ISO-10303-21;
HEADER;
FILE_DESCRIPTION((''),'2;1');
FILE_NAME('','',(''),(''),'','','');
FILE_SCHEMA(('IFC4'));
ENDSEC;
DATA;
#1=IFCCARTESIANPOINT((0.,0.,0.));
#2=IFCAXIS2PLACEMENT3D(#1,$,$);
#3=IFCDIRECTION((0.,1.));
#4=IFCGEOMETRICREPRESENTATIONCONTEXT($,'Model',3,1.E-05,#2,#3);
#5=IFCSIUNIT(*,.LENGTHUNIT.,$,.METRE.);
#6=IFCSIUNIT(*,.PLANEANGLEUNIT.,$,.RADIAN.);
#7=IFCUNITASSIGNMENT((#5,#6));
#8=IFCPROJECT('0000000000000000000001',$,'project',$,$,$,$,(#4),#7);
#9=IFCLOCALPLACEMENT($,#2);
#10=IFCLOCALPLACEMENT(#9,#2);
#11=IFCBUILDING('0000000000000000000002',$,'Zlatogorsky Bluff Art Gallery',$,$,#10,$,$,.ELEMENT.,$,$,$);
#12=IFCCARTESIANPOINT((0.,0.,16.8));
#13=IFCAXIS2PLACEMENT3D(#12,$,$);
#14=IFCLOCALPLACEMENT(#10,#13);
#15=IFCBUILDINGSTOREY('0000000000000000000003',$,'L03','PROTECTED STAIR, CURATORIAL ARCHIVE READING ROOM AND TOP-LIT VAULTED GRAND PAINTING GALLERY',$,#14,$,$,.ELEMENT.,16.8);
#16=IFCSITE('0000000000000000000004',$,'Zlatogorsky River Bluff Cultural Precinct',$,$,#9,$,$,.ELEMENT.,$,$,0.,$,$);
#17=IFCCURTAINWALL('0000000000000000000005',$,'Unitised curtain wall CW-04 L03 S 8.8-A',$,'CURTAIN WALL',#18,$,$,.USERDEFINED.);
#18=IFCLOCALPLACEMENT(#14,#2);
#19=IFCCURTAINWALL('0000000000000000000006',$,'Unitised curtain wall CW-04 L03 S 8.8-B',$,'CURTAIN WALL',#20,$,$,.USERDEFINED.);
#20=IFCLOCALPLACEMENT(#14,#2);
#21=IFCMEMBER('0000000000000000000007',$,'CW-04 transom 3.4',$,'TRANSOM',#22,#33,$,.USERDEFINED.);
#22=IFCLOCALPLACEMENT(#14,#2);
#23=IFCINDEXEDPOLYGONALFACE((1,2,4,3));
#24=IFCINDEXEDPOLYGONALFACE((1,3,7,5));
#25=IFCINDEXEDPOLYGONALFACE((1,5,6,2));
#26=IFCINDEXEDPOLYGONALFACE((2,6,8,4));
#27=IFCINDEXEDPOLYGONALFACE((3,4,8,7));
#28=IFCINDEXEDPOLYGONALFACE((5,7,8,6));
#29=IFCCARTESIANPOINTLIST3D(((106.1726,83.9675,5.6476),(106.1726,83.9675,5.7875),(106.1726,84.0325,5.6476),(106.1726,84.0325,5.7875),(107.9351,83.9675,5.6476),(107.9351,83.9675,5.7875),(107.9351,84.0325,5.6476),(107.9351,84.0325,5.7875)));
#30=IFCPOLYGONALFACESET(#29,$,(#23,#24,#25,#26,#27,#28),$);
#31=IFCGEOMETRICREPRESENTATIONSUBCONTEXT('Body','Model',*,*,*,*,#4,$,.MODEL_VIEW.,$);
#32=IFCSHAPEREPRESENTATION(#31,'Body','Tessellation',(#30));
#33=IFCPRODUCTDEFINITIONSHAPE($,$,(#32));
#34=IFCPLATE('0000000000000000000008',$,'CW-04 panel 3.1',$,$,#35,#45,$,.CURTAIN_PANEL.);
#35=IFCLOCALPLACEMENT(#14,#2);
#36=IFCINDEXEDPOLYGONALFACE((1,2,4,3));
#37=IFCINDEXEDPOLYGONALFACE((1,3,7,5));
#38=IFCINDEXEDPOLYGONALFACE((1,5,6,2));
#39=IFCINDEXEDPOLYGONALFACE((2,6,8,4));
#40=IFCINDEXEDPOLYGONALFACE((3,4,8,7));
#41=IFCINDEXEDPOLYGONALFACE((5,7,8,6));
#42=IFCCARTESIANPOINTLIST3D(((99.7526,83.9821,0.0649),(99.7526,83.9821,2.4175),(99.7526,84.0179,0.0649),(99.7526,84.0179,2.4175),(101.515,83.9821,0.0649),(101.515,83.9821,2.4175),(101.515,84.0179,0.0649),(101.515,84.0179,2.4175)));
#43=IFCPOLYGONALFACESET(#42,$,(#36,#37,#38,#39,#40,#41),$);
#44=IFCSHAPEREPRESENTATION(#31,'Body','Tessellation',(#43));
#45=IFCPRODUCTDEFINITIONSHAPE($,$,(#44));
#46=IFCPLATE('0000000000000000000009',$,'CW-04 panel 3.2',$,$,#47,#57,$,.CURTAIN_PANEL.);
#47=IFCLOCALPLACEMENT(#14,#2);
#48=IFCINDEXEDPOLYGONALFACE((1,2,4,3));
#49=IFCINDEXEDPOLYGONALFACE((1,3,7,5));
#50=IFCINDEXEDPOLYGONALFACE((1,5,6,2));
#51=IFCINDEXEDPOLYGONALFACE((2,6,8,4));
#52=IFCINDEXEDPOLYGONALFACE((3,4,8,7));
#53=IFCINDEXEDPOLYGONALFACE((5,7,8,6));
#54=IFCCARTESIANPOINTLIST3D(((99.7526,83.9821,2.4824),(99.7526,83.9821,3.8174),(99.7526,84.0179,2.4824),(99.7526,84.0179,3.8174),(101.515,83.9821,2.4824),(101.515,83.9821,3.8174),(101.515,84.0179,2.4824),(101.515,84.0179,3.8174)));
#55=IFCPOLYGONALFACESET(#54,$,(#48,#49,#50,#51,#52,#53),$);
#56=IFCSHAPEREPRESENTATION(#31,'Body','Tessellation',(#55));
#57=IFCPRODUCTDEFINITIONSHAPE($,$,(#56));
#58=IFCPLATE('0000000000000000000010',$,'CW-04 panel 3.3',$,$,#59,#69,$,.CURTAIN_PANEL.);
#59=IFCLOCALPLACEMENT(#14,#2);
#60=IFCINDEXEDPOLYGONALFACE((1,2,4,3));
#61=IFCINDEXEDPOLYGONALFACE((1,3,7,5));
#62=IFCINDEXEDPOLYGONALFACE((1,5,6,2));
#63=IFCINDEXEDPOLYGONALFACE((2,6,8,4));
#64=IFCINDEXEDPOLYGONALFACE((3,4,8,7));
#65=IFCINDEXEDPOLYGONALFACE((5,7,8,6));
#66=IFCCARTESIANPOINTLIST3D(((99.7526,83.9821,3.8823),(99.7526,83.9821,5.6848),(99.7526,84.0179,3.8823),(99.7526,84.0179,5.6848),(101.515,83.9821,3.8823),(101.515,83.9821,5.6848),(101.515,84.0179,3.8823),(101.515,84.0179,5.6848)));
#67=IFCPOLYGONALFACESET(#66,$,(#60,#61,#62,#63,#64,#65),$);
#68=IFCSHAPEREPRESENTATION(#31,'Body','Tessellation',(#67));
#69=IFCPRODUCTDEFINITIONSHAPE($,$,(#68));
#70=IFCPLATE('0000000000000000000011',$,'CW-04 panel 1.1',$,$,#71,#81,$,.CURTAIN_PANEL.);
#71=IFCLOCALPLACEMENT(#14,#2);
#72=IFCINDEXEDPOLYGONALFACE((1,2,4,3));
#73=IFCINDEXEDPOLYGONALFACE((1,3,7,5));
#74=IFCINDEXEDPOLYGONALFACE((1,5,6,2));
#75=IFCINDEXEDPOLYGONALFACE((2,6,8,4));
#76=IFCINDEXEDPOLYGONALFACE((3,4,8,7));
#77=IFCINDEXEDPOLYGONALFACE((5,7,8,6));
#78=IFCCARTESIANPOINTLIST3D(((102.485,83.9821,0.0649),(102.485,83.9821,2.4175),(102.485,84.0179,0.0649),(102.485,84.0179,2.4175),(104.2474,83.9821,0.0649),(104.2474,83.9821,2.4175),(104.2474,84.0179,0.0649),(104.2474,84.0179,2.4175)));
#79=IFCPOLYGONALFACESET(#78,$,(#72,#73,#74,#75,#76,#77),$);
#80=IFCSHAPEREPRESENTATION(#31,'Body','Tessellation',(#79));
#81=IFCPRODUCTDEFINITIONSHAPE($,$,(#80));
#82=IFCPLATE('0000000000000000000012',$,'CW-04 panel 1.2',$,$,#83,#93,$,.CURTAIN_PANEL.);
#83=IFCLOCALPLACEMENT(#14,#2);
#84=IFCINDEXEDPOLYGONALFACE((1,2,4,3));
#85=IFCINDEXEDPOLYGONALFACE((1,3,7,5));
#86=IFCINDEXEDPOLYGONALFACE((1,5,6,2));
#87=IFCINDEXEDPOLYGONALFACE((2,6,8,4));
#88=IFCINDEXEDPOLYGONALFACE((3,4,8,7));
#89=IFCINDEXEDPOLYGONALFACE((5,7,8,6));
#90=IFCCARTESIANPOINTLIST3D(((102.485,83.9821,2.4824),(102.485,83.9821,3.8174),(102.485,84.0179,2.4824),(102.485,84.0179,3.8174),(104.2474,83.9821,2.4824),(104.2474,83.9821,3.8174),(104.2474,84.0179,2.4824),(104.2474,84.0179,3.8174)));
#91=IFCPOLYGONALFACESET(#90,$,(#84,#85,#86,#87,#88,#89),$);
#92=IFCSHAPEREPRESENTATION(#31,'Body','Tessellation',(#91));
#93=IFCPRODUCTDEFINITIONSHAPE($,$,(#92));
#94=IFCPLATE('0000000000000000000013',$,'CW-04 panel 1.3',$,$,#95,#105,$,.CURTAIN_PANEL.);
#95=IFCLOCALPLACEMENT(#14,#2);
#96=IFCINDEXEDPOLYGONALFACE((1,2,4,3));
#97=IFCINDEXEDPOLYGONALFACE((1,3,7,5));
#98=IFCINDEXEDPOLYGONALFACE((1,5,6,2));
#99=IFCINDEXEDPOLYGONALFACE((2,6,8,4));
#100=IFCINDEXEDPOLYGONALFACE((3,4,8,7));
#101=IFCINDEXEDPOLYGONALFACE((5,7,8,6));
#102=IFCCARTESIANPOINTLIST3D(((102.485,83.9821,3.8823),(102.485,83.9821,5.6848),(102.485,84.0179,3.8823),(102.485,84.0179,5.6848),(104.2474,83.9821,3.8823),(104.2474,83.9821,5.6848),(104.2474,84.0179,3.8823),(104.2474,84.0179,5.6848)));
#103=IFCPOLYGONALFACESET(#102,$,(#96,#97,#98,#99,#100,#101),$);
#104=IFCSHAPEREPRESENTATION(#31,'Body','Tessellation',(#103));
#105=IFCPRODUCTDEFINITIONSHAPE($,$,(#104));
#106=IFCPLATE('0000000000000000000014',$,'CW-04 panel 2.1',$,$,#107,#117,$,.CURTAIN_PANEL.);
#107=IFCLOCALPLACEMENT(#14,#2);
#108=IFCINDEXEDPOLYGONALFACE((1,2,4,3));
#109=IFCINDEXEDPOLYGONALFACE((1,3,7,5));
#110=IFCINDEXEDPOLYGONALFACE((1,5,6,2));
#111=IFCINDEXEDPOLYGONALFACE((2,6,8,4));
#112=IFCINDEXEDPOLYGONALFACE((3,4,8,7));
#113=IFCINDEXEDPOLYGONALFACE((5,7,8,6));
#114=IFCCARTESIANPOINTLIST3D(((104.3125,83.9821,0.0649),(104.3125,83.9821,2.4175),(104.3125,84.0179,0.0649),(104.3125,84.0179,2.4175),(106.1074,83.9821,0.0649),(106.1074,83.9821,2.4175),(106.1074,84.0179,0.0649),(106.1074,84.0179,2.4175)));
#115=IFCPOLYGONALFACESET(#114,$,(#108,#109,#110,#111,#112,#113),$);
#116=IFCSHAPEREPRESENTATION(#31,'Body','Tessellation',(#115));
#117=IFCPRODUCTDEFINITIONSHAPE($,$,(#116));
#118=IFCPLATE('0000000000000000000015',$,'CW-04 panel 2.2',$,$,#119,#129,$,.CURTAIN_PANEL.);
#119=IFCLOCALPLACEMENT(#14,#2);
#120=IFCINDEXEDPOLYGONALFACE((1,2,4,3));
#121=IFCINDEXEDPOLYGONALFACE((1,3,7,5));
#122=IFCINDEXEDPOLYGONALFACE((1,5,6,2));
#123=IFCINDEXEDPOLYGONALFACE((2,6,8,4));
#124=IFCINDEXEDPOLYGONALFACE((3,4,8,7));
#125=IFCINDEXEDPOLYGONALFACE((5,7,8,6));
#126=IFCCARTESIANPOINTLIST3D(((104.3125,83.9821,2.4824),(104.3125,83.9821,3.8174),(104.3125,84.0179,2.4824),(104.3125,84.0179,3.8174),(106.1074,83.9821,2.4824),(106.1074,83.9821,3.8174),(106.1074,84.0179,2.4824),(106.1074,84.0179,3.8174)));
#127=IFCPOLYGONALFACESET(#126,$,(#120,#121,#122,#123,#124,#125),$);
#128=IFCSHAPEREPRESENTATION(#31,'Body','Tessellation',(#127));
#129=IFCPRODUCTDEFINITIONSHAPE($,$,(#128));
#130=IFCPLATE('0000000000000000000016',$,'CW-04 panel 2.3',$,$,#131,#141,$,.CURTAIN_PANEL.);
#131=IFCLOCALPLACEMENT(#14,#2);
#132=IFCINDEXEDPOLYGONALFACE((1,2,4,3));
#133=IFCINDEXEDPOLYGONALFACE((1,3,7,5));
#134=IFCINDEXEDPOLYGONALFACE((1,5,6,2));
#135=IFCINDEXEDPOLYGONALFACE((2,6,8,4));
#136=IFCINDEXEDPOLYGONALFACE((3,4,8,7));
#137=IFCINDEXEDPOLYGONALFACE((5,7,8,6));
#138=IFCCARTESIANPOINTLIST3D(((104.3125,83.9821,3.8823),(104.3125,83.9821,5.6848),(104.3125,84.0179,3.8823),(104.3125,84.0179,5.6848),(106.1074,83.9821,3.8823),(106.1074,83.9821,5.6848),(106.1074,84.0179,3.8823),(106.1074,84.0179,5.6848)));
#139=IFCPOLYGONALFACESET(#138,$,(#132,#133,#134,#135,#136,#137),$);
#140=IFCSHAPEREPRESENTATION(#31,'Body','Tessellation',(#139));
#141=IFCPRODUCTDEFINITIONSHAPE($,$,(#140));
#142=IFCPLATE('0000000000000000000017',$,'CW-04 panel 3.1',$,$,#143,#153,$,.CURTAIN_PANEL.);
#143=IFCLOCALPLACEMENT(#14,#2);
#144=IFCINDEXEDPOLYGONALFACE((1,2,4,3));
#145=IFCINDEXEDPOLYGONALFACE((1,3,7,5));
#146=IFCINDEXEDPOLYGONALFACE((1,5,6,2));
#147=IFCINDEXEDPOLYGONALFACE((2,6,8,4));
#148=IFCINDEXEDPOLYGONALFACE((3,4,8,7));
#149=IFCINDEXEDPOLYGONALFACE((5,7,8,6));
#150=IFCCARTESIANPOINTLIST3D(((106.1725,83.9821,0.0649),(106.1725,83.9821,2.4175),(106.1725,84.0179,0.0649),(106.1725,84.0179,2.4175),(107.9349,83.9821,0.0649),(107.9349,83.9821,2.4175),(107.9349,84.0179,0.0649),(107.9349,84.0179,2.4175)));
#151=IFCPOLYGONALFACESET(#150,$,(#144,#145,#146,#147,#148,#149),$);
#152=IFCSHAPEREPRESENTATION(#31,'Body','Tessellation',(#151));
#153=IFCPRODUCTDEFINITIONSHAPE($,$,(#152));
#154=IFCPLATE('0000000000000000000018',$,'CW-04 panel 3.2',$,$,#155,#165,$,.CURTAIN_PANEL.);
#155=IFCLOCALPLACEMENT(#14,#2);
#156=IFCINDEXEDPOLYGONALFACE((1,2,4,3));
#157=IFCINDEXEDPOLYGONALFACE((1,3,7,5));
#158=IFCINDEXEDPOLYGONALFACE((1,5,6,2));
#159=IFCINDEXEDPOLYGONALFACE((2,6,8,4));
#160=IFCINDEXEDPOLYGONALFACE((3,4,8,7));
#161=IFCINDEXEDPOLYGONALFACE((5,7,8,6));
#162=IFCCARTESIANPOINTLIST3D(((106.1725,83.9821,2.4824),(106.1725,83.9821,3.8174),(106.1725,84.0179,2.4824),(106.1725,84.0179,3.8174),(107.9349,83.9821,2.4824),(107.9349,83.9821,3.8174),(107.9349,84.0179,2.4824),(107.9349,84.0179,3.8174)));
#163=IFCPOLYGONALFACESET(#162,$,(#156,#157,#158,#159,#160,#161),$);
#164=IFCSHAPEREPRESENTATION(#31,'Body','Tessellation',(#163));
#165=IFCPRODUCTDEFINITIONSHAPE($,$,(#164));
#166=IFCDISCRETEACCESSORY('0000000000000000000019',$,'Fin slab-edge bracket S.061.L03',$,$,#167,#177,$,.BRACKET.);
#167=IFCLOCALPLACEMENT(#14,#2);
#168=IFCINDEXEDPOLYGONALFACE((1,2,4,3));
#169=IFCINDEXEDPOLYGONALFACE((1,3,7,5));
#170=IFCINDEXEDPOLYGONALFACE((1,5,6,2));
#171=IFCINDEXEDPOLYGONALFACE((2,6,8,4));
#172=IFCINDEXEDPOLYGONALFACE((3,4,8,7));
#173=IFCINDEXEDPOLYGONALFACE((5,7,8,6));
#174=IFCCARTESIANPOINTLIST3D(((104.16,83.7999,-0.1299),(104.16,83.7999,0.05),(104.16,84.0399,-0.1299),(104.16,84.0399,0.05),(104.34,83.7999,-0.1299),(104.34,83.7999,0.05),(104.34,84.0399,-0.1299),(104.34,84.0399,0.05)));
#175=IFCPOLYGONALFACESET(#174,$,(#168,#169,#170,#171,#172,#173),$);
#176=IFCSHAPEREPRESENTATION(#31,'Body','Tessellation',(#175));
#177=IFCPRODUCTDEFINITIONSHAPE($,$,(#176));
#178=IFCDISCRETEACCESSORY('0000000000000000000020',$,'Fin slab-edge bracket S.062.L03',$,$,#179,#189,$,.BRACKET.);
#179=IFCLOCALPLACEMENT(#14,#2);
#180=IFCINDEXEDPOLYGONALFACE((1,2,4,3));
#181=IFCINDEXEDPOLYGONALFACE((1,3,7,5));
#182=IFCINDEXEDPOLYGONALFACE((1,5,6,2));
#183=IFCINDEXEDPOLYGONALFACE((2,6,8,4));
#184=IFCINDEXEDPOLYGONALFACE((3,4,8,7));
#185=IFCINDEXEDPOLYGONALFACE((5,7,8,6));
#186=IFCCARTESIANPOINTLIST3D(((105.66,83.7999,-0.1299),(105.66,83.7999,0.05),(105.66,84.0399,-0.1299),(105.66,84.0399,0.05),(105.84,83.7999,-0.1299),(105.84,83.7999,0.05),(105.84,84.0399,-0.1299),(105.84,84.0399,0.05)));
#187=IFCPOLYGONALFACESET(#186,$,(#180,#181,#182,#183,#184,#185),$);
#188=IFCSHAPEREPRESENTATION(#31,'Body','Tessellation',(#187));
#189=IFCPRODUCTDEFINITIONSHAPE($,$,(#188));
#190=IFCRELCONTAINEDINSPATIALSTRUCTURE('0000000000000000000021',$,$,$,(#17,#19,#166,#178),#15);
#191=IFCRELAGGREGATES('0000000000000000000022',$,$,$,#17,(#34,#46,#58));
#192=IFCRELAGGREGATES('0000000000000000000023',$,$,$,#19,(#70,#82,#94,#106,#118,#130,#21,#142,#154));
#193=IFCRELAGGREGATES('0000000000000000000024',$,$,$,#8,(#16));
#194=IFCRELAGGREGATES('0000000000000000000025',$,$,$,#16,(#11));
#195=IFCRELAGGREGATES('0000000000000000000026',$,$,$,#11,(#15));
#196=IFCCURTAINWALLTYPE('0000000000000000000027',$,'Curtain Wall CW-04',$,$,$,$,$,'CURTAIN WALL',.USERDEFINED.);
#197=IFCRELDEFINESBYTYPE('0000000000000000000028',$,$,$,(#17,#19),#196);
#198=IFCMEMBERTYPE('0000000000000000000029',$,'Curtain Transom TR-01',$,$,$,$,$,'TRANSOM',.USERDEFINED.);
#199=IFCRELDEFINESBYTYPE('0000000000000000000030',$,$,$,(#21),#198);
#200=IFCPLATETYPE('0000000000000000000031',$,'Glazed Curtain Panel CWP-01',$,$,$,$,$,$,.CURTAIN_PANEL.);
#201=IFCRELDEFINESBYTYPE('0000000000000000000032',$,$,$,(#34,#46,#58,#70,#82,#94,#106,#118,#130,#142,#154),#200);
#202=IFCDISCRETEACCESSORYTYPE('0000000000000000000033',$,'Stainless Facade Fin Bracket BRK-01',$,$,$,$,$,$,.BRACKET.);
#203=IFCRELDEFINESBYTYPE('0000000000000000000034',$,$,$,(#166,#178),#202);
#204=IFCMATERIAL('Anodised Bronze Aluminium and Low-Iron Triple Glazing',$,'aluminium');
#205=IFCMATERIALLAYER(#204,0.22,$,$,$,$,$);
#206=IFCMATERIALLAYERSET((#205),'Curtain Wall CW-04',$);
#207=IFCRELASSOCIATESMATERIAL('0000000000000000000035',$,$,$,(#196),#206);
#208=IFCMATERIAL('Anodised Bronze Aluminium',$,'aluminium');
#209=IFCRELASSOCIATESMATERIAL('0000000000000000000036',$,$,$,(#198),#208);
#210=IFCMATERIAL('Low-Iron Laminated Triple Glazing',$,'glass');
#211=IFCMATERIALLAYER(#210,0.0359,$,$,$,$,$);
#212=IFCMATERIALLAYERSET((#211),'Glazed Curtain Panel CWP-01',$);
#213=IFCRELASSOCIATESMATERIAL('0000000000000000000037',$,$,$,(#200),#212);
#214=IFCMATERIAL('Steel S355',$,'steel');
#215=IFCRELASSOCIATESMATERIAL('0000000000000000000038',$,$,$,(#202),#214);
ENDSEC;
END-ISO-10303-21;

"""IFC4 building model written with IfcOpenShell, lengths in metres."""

from ifc_helpers import new_model, si_unit, direction, frame, origin, origin_2d, place, context, subcontext, project, spatial, rectangle, extrude, material, layer, layer_set, material_profile, profile_set, type_object, element, aggregate, save


model = new_model("IFC4")

# Units and contexts
model_context = context("Model", 3, precision=1e-05, world=origin(), true_north=direction((0.0, 1.0)))
body_context = subcontext(model_context, "Body", "Model", "MODEL_VIEW")
ifc_project = project(units=[si_unit("LENGTHUNIT", "METRE"), si_unit("PLANEANGLEUNIT", "RADIAN")], contexts=[model_context])

# Site, building, storey
site_placement = place(None, origin())
site = spatial("IfcSite", under=ifc_project, at=site_placement, Name="Zlatogorsky River Bluff Cultural Precinct", CompositionType="ELEMENT", RefElevation=0.0)
building_placement = place(site_placement, origin())
building = spatial("IfcBuilding", under=site, at=building_placement, Name="Zlatogorsky Bluff Art Gallery", CompositionType="ELEMENT")
storey_placement = place(building_placement, frame((0.0, 0.0, 16.8)))
storey = spatial("IfcBuildingStorey", under=building, at=storey_placement, Name="L03", Description="PROTECTED STAIR, CURATORIAL ARCHIVE READING ROOM AND TOP-LIT VAULTED GRAND PAINTING GALLERY", CompositionType="ELEMENT", Elevation=16.8)

# Curtain wall
ifc_material_1 = material(Name="Anodised Bronze Aluminium and Low-Iron Triple Glazing", Category="aluminium")
ifc_layer_1 = layer(ifc_material_1, 0.22)
ifc_layer_set_1 = layer_set([ifc_layer_1], Name="Curtain Wall CW-04")
curtain_wall_type = type_object("IfcCurtainWallType", Name="Curtain Wall CW-04", ElementType="CURTAIN WALL", PredefinedType="USERDEFINED", material=ifc_layer_set_1)
curtain_wall_1_placement = place(storey_placement, origin())
curtain_wall_1 = element("IfcCurtainWall", 1, at=curtain_wall_1_placement, inside=storey, type_object=curtain_wall_type, Name="Unitised curtain wall CW-04 L03 S 8.8-A", ObjectType="CURTAIN WALL", PredefinedType="USERDEFINED")
ifc_material_2 = material(Name="Anodised Bronze Aluminium", Category="aluminium")

# Curtain wall, member
curtain_wall_2_placement = place(storey_placement, origin())
curtain_wall_2 = element("IfcCurtainWall", 2, at=curtain_wall_2_placement, inside=storey, type_object=curtain_wall_type, Name="Unitised curtain wall CW-04 L03 S 8.8-B", ObjectType="CURTAIN WALL", PredefinedType="USERDEFINED")
ifc_material_profile_1 = material_profile(ifc_material_2, rectangle(XDim=0.0649, YDim=0.1399, at=origin_2d()), Name="ALU TRANSOM 65x140")
ifc_profile_set_1 = profile_set([ifc_material_profile_1], Name="Anodised Bronze Aluminium")
member_type_1 = type_object("IfcMemberType", Name="Curtain Transom TR-01", ElementType="TRANSOM", PredefinedType="USERDEFINED", material=ifc_profile_set_1)
member_1_placement = place(storey_placement, frame((106.1726, 84.0, 5.7175), z_axis=(1.0, 0.0, 0.0), x_axis=(0.0, 1.0, 0.0)))
member_1 = element("IfcMember", 3, at=member_1_placement, type_object=member_type_1, Name="CW-04 transom 3.4", ObjectType="TRANSOM", PredefinedType="USERDEFINED", context=body_context, shape_type="SweptSolid", body=[
    extrude(rectangle(XDim=0.0649, YDim=0.1399, at=origin_2d()), origin(), (0.0, 0.0, 1.0), 1.7625),
])

# Plates
ifc_material_3 = material(Name="Low-Iron Laminated Triple Glazing", Category="glass")
ifc_layer_2 = layer(ifc_material_3, 0.0359)
ifc_layer_set_2 = layer_set([ifc_layer_2], Name="Glazed Curtain Panel CWP-01")
plate_type = type_object("IfcPlateType", Name="Glazed Curtain Panel CWP-01", PredefinedType="CURTAIN_PANEL", material=ifc_layer_set_2)
plate_1_placement = place(storey_placement, frame((100.6338, 84.0, 0.0649), z_axis=(0.0, 0.0, 1.0), x_axis=(1.0, 0.0, 0.0)))
plate_1 = element("IfcPlate", 4, at=plate_1_placement, type_object=plate_type, Name="CW-04 panel 3.1", PredefinedType="CURTAIN_PANEL", context=body_context, shape_type="SweptSolid", body=[
    extrude(rectangle(XDim=1.7625, YDim=0.0359, at=origin_2d()), origin(), (0.0, 0.0, 1.0), 2.3525),
])
plate_2_placement = place(storey_placement, frame((100.6338, 84.0, 2.4824), z_axis=(0.0, 0.0, 1.0), x_axis=(1.0, 0.0, 0.0)))
plate_2 = element("IfcPlate", 5, at=plate_2_placement, type_object=plate_type, Name="CW-04 panel 3.2", PredefinedType="CURTAIN_PANEL", context=body_context, shape_type="SweptSolid", body=[
    extrude(rectangle(XDim=1.7625, YDim=0.0359, at=origin_2d()), origin(), (0.0, 0.0, 1.0), 1.335),
])
plate_3_placement = place(storey_placement, frame((100.6338, 84.0, 3.8823), z_axis=(0.0, 0.0, 1.0), x_axis=(1.0, 0.0, 0.0)))
plate_3 = element("IfcPlate", 6, at=plate_3_placement, type_object=plate_type, Name="CW-04 panel 3.3", PredefinedType="CURTAIN_PANEL", context=body_context, shape_type="SweptSolid", body=[
    extrude(rectangle(XDim=1.7625, YDim=0.0359, at=origin_2d()), origin(), (0.0, 0.0, 1.0), 1.8025),
])
aggregate(curtain_wall_1, [plate_1, plate_2, plate_3])
plate_4_placement = place(storey_placement, frame((103.3662, 84.0, 0.0649), z_axis=(0.0, 0.0, 1.0), x_axis=(1.0, 0.0, 0.0)))
plate_4 = element("IfcPlate", 7, at=plate_4_placement, type_object=plate_type, Name="CW-04 panel 1.1", PredefinedType="CURTAIN_PANEL", context=body_context, shape_type="SweptSolid", body=[
    extrude(rectangle(XDim=1.7625, YDim=0.0359, at=origin_2d()), origin(), (0.0, 0.0, 1.0), 2.3525),
])
plate_5_placement = place(storey_placement, frame((103.3662, 84.0, 2.4824), z_axis=(0.0, 0.0, 1.0), x_axis=(1.0, 0.0, 0.0)))
plate_5 = element("IfcPlate", 8, at=plate_5_placement, type_object=plate_type, Name="CW-04 panel 1.2", PredefinedType="CURTAIN_PANEL", context=body_context, shape_type="SweptSolid", body=[
    extrude(rectangle(XDim=1.7625, YDim=0.0359, at=origin_2d()), origin(), (0.0, 0.0, 1.0), 1.335),
])
plate_6_placement = place(storey_placement, frame((103.3662, 84.0, 3.8823), z_axis=(0.0, 0.0, 1.0), x_axis=(1.0, 0.0, 0.0)))
plate_6 = element("IfcPlate", 9, at=plate_6_placement, type_object=plate_type, Name="CW-04 panel 1.3", PredefinedType="CURTAIN_PANEL", context=body_context, shape_type="SweptSolid", body=[
    extrude(rectangle(XDim=1.7625, YDim=0.0359, at=origin_2d()), origin(), (0.0, 0.0, 1.0), 1.8025),
])
plate_7_placement = place(storey_placement, frame((105.21, 84.0, 0.0649), z_axis=(0.0, 0.0, 1.0), x_axis=(1.0, 0.0, 0.0)))
plate_7 = element("IfcPlate", 10, at=plate_7_placement, type_object=plate_type, Name="CW-04 panel 2.1", PredefinedType="CURTAIN_PANEL", context=body_context, shape_type="SweptSolid", body=[
    extrude(rectangle(XDim=1.7949, YDim=0.0359, at=origin_2d()), origin(), (0.0, 0.0, 1.0), 2.3525),
])
plate_8_placement = place(storey_placement, frame((105.21, 84.0, 2.4824), z_axis=(0.0, 0.0, 1.0), x_axis=(1.0, 0.0, 0.0)))
plate_8 = element("IfcPlate", 11, at=plate_8_placement, type_object=plate_type, Name="CW-04 panel 2.2", PredefinedType="CURTAIN_PANEL", context=body_context, shape_type="SweptSolid", body=[
    extrude(rectangle(XDim=1.7949, YDim=0.0359, at=origin_2d()), origin(), (0.0, 0.0, 1.0), 1.335),
])
plate_9_placement = place(storey_placement, frame((105.21, 84.0, 3.8823), z_axis=(0.0, 0.0, 1.0), x_axis=(1.0, 0.0, 0.0)))
plate_9 = element("IfcPlate", 12, at=plate_9_placement, type_object=plate_type, Name="CW-04 panel 2.3", PredefinedType="CURTAIN_PANEL", context=body_context, shape_type="SweptSolid", body=[
    extrude(rectangle(XDim=1.7949, YDim=0.0359, at=origin_2d()), origin(), (0.0, 0.0, 1.0), 1.8025),
])
plate_10_placement = place(storey_placement, frame((107.0537, 84.0, 0.0649), z_axis=(0.0, 0.0, 1.0), x_axis=(1.0, 0.0, 0.0)))
plate_10 = element("IfcPlate", 13, at=plate_10_placement, type_object=plate_type, Name="CW-04 panel 3.1", PredefinedType="CURTAIN_PANEL", context=body_context, shape_type="SweptSolid", body=[
    extrude(rectangle(XDim=1.7625, YDim=0.0359, at=origin_2d()), origin(), (0.0, 0.0, 1.0), 2.3525),
])
plate_11_placement = place(storey_placement, frame((107.0537, 84.0, 2.4824), z_axis=(0.0, 0.0, 1.0), x_axis=(1.0, 0.0, 0.0)))
plate_11 = element("IfcPlate", 14, at=plate_11_placement, type_object=plate_type, Name="CW-04 panel 3.2", PredefinedType="CURTAIN_PANEL", context=body_context, shape_type="SweptSolid", body=[
    extrude(rectangle(XDim=1.7625, YDim=0.0359, at=origin_2d()), origin(), (0.0, 0.0, 1.0), 1.335),
])
aggregate(curtain_wall_2, [plate_4, plate_5, plate_6, plate_7, plate_8, plate_9, member_1, plate_10, plate_11])

# Discrete accessories
ifc_material_4 = material(Name="Steel S355", Category="steel")
discrete_accessory_type = type_object("IfcDiscreteAccessoryType", Name="Stainless Facade Fin Bracket BRK-01", PredefinedType="BRACKET", material=ifc_material_4)
for number, where, z_axis, x_axis, name in (
    (15, (104.25, 83.9199, -0.1299), (0.0, 0.0, 1.0), (1.0, 0.0, 0.0), "Fin slab-edge bracket S.061.L03"),
    (16, (105.75, 83.9199, -0.1299), (0.0, 0.0, 1.0), (1.0, 0.0, 0.0), "Fin slab-edge bracket S.062.L03"),
):
    element("IfcDiscreteAccessory", number, at=place(storey_placement, frame(where, z_axis=z_axis, x_axis=x_axis)), inside=storey, type_object=discrete_accessory_type, Name=name, PredefinedType="BRACKET", context=body_context, shape_type="SweptSolid", body=[
        extrude(rectangle(XDim=0.1799, YDim=0.24, at=origin_2d()), origin(), (0.0, 0.0, 1.0), 0.1799),
    ])

save(model, "model.ifc")
